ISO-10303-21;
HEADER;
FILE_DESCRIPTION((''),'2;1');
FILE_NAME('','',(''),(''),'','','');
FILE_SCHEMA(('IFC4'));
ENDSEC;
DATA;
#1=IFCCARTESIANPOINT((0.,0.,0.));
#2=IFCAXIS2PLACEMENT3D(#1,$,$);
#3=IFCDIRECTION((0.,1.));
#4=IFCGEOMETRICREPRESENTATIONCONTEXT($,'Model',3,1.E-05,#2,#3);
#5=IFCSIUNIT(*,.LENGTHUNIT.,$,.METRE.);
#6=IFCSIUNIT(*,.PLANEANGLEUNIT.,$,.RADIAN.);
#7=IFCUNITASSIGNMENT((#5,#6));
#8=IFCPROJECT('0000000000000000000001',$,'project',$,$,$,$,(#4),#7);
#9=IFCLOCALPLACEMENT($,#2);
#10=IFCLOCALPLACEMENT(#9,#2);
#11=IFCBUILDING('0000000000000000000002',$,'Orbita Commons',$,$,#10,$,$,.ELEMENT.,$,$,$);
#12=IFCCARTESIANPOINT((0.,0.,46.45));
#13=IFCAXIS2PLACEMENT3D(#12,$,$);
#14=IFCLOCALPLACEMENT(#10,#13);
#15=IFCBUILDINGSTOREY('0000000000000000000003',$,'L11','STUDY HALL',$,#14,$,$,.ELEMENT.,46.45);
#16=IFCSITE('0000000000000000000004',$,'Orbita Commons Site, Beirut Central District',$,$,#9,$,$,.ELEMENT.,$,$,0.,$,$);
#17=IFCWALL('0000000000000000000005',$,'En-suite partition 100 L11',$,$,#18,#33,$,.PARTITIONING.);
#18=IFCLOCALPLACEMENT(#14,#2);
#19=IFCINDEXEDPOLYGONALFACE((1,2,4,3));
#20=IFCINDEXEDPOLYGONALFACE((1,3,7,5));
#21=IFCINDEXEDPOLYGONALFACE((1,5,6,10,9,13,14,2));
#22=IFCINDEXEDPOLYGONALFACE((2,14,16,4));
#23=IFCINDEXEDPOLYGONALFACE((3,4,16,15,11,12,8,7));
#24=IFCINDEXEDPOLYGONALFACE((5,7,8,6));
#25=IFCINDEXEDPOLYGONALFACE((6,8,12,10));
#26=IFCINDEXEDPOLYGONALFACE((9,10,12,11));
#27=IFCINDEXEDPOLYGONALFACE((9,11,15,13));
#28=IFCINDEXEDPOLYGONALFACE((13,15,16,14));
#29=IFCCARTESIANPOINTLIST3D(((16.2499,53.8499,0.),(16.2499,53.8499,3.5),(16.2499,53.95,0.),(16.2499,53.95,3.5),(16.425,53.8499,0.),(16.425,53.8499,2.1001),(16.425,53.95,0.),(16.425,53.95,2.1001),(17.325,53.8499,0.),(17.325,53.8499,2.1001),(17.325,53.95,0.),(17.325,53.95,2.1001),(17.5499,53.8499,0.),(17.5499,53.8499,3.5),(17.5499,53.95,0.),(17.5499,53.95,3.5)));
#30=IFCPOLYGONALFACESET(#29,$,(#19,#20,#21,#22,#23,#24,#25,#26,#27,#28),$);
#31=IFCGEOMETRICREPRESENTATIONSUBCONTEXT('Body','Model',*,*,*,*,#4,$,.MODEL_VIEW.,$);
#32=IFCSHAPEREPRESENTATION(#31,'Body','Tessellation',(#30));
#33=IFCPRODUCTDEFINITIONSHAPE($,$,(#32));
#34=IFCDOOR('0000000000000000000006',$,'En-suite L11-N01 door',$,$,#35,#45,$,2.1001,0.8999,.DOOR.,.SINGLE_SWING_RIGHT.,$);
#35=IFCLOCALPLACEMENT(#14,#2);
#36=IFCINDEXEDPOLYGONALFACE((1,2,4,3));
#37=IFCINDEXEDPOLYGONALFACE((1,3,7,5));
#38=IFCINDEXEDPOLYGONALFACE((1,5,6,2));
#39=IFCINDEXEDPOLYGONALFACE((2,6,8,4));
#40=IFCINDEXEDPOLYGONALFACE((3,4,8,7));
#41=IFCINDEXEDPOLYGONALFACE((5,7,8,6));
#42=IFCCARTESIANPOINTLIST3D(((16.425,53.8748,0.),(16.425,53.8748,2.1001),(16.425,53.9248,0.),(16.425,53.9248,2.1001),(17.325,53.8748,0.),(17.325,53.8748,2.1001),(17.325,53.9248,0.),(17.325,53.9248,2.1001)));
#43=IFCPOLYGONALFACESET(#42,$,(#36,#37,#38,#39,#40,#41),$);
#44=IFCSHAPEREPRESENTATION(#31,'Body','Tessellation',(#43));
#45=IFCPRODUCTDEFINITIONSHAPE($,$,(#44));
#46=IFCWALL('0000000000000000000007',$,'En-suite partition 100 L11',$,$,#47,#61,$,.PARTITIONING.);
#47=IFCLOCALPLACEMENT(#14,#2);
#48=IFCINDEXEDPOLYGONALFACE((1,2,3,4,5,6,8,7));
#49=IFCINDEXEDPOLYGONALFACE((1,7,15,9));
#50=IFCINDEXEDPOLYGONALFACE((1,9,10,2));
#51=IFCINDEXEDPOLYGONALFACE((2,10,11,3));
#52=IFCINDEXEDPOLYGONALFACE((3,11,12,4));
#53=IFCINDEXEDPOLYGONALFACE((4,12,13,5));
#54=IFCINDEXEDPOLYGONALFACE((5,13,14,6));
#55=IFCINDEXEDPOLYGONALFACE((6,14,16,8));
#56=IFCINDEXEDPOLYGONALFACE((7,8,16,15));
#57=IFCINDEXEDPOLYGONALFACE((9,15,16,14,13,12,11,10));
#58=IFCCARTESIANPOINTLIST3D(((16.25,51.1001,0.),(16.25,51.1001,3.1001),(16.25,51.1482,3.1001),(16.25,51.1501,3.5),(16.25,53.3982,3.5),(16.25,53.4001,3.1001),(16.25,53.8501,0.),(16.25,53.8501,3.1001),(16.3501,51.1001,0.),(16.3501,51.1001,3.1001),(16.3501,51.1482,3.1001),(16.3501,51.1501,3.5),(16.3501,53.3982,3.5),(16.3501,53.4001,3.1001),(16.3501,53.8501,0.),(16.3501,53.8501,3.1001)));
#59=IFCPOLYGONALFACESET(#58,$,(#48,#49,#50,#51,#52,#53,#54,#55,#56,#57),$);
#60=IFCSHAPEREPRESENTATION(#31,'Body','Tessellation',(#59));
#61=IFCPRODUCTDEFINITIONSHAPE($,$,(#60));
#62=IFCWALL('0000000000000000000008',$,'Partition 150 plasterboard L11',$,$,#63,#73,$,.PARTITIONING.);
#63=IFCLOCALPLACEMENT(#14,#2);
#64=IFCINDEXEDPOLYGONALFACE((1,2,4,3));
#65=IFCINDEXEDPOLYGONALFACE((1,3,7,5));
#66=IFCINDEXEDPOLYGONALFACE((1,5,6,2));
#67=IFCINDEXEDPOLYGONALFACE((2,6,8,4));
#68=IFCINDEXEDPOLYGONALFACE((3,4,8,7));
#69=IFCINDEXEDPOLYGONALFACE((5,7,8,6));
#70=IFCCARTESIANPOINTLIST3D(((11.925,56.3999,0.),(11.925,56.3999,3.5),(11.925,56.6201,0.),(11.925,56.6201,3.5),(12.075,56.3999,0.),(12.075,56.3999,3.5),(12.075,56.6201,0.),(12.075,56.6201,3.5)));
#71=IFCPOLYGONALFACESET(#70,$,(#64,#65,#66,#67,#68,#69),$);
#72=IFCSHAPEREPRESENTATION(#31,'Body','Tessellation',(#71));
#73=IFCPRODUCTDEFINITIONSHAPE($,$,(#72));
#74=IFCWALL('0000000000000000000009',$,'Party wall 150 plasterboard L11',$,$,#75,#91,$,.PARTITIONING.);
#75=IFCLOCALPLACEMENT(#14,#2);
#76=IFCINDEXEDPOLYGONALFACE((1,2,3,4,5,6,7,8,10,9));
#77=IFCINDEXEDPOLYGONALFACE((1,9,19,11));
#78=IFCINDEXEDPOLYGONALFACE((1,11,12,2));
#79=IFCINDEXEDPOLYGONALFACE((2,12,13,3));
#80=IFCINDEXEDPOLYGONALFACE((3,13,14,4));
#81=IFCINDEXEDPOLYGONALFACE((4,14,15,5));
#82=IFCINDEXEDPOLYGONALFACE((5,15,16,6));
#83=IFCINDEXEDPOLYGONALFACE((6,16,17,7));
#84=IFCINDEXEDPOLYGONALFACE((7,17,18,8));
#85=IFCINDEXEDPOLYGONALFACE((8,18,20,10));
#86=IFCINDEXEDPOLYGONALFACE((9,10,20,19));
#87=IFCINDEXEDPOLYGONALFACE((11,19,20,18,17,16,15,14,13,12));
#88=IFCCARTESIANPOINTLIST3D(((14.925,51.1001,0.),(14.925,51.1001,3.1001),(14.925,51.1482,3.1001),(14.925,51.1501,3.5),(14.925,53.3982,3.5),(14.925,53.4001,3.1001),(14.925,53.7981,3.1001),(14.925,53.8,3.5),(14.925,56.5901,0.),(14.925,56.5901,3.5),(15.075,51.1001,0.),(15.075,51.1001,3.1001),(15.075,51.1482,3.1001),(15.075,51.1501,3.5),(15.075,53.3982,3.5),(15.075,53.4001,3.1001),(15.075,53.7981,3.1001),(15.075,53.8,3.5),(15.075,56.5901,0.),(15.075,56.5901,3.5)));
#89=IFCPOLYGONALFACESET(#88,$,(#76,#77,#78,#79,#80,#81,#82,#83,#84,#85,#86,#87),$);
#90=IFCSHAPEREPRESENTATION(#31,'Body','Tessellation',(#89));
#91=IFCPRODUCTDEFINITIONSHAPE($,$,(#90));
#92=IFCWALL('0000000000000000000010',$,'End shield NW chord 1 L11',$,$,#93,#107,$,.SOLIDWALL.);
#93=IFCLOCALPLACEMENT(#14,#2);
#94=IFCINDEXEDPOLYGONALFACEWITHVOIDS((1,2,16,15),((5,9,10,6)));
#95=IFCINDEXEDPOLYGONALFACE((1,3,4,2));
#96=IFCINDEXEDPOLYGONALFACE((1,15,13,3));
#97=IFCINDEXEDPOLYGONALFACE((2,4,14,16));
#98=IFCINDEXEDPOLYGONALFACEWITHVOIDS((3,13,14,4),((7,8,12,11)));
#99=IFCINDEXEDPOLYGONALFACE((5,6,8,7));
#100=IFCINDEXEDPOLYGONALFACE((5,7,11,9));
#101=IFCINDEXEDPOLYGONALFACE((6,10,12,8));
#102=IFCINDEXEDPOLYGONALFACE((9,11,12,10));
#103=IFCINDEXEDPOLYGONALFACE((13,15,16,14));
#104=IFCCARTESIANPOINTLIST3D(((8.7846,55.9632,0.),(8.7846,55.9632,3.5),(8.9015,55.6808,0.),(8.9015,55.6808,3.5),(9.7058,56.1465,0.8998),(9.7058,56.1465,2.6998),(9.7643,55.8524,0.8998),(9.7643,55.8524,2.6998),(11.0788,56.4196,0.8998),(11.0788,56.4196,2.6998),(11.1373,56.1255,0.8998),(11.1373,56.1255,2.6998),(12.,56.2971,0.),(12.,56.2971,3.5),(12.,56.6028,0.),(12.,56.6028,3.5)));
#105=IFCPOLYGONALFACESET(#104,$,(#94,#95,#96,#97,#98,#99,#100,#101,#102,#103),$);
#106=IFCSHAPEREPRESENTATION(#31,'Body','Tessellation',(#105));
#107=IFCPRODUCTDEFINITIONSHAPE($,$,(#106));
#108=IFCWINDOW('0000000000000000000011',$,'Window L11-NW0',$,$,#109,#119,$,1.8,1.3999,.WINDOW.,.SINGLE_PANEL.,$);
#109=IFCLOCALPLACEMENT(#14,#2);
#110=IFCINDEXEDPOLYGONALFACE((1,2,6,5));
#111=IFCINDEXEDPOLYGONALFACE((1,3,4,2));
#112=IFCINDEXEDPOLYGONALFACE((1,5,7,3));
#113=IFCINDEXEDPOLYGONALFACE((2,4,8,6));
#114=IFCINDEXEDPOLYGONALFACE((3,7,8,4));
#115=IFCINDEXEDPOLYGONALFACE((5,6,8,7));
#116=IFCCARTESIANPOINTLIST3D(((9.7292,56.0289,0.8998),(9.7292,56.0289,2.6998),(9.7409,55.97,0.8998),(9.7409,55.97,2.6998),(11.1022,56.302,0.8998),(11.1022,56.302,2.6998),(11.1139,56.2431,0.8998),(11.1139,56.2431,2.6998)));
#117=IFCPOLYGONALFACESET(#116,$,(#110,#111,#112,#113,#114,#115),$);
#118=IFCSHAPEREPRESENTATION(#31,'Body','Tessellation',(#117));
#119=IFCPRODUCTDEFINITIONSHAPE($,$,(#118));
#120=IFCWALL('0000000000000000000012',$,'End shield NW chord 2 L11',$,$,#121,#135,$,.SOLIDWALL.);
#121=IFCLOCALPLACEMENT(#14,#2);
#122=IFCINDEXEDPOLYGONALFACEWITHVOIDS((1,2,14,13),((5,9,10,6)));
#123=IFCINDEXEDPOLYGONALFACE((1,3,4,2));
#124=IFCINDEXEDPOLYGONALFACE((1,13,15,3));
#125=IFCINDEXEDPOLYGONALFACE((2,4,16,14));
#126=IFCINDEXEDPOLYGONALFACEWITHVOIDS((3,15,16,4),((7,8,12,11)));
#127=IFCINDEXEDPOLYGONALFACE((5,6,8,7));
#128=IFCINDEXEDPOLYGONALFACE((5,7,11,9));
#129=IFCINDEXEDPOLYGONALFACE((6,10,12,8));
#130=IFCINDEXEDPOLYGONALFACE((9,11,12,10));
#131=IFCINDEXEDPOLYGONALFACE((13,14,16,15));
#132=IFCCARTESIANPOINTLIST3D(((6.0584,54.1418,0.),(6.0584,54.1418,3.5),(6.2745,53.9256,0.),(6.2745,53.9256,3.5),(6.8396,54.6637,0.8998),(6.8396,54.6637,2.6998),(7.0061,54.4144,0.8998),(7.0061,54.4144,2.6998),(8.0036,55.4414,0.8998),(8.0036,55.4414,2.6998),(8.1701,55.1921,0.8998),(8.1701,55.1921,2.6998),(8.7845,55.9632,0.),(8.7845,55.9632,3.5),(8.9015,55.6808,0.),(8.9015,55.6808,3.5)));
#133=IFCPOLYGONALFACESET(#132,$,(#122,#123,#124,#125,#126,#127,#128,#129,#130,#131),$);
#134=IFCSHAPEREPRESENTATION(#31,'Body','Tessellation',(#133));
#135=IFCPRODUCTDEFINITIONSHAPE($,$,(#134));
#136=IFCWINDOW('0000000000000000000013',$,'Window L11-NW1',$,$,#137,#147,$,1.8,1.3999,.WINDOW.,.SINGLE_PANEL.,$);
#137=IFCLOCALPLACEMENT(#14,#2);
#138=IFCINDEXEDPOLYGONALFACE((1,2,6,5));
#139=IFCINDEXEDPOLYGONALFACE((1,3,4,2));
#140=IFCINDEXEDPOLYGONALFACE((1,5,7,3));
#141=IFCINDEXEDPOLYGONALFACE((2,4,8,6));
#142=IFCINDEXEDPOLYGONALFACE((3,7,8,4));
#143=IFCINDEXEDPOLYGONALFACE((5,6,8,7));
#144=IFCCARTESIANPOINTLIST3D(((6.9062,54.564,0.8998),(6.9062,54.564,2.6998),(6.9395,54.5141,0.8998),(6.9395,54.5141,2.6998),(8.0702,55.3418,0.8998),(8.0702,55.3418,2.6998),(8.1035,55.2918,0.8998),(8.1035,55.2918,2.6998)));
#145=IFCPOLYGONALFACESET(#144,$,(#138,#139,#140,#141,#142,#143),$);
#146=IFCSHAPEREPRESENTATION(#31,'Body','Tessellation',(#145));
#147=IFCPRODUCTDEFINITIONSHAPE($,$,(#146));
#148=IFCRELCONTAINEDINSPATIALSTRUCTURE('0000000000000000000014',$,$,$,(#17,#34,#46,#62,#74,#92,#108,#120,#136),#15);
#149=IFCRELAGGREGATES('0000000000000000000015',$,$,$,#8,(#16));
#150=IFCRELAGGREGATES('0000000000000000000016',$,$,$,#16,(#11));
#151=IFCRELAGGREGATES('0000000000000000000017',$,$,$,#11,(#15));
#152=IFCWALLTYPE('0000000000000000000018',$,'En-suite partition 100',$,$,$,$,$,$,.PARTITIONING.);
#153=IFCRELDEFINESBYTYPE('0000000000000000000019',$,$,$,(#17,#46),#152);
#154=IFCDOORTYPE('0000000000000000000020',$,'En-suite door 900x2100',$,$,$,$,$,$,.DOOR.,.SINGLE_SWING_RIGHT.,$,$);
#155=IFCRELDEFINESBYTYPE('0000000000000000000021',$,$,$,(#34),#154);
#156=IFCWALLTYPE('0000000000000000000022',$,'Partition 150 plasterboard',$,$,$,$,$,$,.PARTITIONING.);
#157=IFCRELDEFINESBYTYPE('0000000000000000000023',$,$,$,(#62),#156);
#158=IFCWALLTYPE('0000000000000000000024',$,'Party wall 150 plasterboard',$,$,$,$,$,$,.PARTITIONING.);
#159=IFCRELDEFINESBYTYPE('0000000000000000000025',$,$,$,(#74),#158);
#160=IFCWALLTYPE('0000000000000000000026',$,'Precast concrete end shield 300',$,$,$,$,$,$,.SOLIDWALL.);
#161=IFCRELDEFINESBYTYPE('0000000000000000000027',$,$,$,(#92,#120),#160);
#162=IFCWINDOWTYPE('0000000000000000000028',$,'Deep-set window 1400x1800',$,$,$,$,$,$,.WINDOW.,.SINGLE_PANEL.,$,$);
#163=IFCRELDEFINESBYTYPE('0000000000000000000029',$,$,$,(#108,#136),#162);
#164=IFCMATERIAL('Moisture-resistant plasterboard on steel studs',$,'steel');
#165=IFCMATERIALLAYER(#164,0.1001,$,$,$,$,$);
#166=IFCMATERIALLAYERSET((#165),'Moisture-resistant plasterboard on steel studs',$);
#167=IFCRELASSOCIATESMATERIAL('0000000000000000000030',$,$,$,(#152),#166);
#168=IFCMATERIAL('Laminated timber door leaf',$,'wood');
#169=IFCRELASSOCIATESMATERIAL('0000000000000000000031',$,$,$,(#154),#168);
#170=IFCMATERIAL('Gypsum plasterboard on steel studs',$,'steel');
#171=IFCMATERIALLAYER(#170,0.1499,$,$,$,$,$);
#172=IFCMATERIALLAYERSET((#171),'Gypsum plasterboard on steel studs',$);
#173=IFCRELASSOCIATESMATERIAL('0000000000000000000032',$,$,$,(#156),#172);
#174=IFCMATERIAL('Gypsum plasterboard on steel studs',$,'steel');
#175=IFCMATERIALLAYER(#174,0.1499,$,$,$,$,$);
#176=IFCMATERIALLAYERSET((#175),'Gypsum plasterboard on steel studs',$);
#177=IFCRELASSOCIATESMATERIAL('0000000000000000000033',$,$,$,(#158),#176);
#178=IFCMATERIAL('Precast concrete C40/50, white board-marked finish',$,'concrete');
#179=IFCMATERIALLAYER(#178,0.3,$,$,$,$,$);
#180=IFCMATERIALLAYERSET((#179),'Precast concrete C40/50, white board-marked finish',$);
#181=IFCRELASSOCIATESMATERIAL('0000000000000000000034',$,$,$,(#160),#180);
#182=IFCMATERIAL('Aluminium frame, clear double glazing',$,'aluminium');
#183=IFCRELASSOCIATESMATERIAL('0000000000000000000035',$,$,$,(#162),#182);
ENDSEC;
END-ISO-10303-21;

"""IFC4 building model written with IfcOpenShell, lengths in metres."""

from ifc_helpers import new_model, si_unit, direction, frame, frame_2d, origin, place, context, subcontext, project, spatial, polyline, rectangle, outline, extrude, material, layer, layer_set, type_object, element, fill, save


model = new_model("IFC4")

# Units and contexts
model_context = context("Model", 3, precision=1e-05, world=origin(), true_north=direction((0.0, 1.0)))
body_context = subcontext(model_context, "Body", "Model", "MODEL_VIEW")
ifc_project = project(units=[si_unit("LENGTHUNIT", "METRE"), si_unit("PLANEANGLEUNIT", "RADIAN")], contexts=[model_context])

# Site, building, storey
site_placement = place(None, origin())
site = spatial("IfcSite", under=ifc_project, at=site_placement, Name="Orbita Commons Site, Beirut Central District", CompositionType="ELEMENT", RefElevation=0.0)
building_placement = place(site_placement, origin())
building = spatial("IfcBuilding", under=site, at=building_placement, Name="Orbita Commons", CompositionType="ELEMENT")
storey_placement = place(building_placement, frame((0.0, 0.0, 46.45)))
storey = spatial("IfcBuildingStorey", under=building, at=storey_placement, Name="L11", Description="STUDY HALL", CompositionType="ELEMENT", Elevation=46.45)

# Shared definitions
ifc_material_1 = material(Name="Moisture-resistant plasterboard on steel studs", Category="steel")
ifc_layer_1 = layer(ifc_material_1, 0.1001)
ifc_layer_set_1 = layer_set([ifc_layer_1], Name="Moisture-resistant plasterboard on steel studs")
wall_type_1 = type_object("IfcWallType", Name="En-suite partition 100", PredefinedType="PARTITIONING", material=ifc_layer_set_1)
ifc_material_2 = material(Name="Laminated timber door leaf", Category="wood")
door_type = type_object("IfcDoorType", Name="En-suite door 900x2100", OperationType="SINGLE_SWING_RIGHT", PredefinedType="DOOR", material=ifc_material_2)

# Wall, opening, door
wall_1_placement = place(storey_placement, frame((16.25, 53.8999, 0.0), z_axis=(0.0, 0.0, 1.0), x_axis=(1.0, 0.0, 0.0)))
wall_1 = element("IfcWall", 1, at=wall_1_placement, inside=storey, type_object=wall_type_1, Name="En-suite partition 100 L11", PredefinedType="PARTITIONING", context=body_context, shape_type="SweptSolid", body=[
    extrude(rectangle(XDim=1.3, YDim=0.1001, at=frame_2d((0.6499, 0.0))), origin(), (0.0, 0.0, 1.0), 3.5),
])
opening_1_placement = place(wall_1_placement, frame((0.175, 0.0, 0.0)))
opening_1 = element("IfcOpeningElement", 2, at=opening_1_placement, cuts=wall_1, PredefinedType="OPENING", context=body_context, shape_type="SweptSolid", body=[
    extrude(rectangle(XDim=0.8999, YDim=2.1001, at=frame_2d((0.45, 1.05))), frame((0.0, 0.0601, 0.0), z_axis=(0.0, -1.0, 0.0), x_axis=(1.0, 0.0, 0.0)), (0.0, 0.0, 1.0), 0.1201),
])
door_1_placement = place(opening_1_placement, origin())
door_1 = element("IfcDoor", 3, at=door_1_placement, inside=storey, type_object=door_type, Name="En-suite L11-N01 door", OperationType="SINGLE_SWING_RIGHT", OverallHeight=2.1001, OverallWidth=0.8999, PredefinedType="DOOR", context=body_context, shape_type="SweptSolid", body=[
    extrude(rectangle(XDim=0.8999, YDim=2.1001, at=frame_2d((0.45, 1.05))), frame((0.0, 0.0249, 0.0), z_axis=(0.0, -1.0, 0.0), x_axis=(1.0, 0.0, 0.0)), (0.0, 0.0, 1.0), 0.05),
])
fill(opening_1, door_1)

# Walls
wall_2_placement = place(storey_placement, frame((16.3, 53.8501, 0.0), z_axis=(0.0, 0.0, 1.0), x_axis=(0.0, -1.0, 0.0)))
element("IfcWall", 4, at=wall_2_placement, inside=storey, type_object=wall_type_1, Name="En-suite partition 100 L11", PredefinedType="PARTITIONING", context=body_context, shape_type="SweptSolid", body=[
    extrude(outline(polyline([(0.0, 0.0), (2.75, 0.0), (2.75, 3.1001), (2.7019, 3.1001), (2.7, 3.5), (0.4519, 3.5), (0.45, 3.1001), (0.0, 3.1001), (0.0, 0.0)])), frame((0.0, 0.05, 0.0), z_axis=(0.0, -1.0, 0.0), x_axis=(1.0, 0.0, 0.0)), (0.0, 0.0, 1.0), 0.1001),
])
ifc_material_3 = material(Name="Gypsum plasterboard on steel studs", Category="steel")
ifc_layer_2 = layer(ifc_material_3, 0.1499)
ifc_layer_set_2 = layer_set([ifc_layer_2], Name="Gypsum plasterboard on steel studs")
wall_type_2 = type_object("IfcWallType", Name="Partition 150 plasterboard", PredefinedType="PARTITIONING", material=ifc_layer_set_2)
wall_3_placement = place(storey_placement, frame((12.0, 56.3999, 0.0), z_axis=(0.0, 0.0, 1.0), x_axis=(0.0, 1.0, 0.0)))
element("IfcWall", 5, at=wall_3_placement, inside=storey, type_object=wall_type_2, Name="Partition 150 plasterboard L11", PredefinedType="PARTITIONING", context=body_context, shape_type="SweptSolid", body=[
    extrude(rectangle(XDim=0.2202, YDim=0.1499, at=frame_2d((0.1101, 0.0))), origin(), (0.0, 0.0, 1.0), 3.5),
])
ifc_material_4 = material(Name="Gypsum plasterboard on steel studs", Category="steel")
ifc_layer_3 = layer(ifc_material_4, 0.1499)
ifc_layer_set_3 = layer_set([ifc_layer_3], Name="Gypsum plasterboard on steel studs")
wall_type_3 = type_object("IfcWallType", Name="Party wall 150 plasterboard", PredefinedType="PARTITIONING", material=ifc_layer_set_3)
wall_4_placement = place(storey_placement, frame((15.0, 56.5901, 0.0), z_axis=(0.0, 0.0, 1.0), x_axis=(0.0, -1.0, 0.0)))
element("IfcWall", 6, at=wall_4_placement, inside=storey, type_object=wall_type_3, Name="Party wall 150 plasterboard L11", PredefinedType="PARTITIONING", context=body_context, shape_type="SweptSolid", body=[
    extrude(outline(polyline([(0.0, 0.0), (5.49, 0.0), (5.49, 3.1001), (5.4419, 3.1001), (5.4399, 3.5), (3.1919, 3.5), (3.1899, 3.1001), (2.792, 3.1001), (2.79, 3.5), (0.0, 3.5), (0.0, 0.0)])), frame((0.0, 0.075, 0.0), z_axis=(0.0, -1.0, 0.0), x_axis=(1.0, 0.0, 0.0)), (0.0, 0.0, 1.0), 0.1499),
])

# Walls, openings, windows
ifc_material_5 = material(Name="Precast concrete C40/50, white board-marked finish", Category="concrete")
ifc_layer_4 = layer(ifc_material_5, 0.3)
ifc_layer_set_4 = layer_set([ifc_layer_4], Name="Precast concrete C40/50, white board-marked finish")
wall_type_4 = type_object("IfcWallType", Name="Precast concrete end shield 300", PredefinedType="SOLIDWALL", material=ifc_layer_set_4)
wall_5_placement = place(storey_placement, frame((12.0, 56.45, 0.0), z_axis=(0.0, 0.0, 1.0), x_axis=(-0.980787, -0.19508, 0.0)))
wall_5 = element("IfcWall", 7, at=wall_5_placement, inside=storey, type_object=wall_type_4, Name="End shield NW chord 1 L11", PredefinedType="SOLIDWALL", context=body_context, shape_type="SweptSolid", body=[
    extrude(outline(polyline([(-0.0298, -0.1499), (3.2485, -0.1499), (3.189, 0.1499), (0.0298, 0.1499), (-0.0298, -0.1499)])), origin(), (0.0, 0.0, 1.0), 3.5),
])
opening_2_placement = place(wall_5_placement, frame((0.9094, 0.0, 0.8999)))
opening_2 = element("IfcOpeningElement", 8, at=opening_2_placement, cuts=wall_5, PredefinedType="OPENING", context=body_context, shape_type="SweptSolid", body=[
    extrude(rectangle(XDim=1.3999, YDim=1.8, at=frame_2d((0.7, 0.8999))), frame((0.0, 0.1599, 0.0), z_axis=(0.0, -1.0, 0.0), x_axis=(1.0, 0.0, 0.0)), (0.0, 0.0, 1.0), 0.3201),
])
ifc_material_6 = material(Name="Aluminium frame, clear double glazing", Category="aluminium")
window_type = type_object("IfcWindowType", Name="Deep-set window 1400x1800", PartitioningType="SINGLE_PANEL", PredefinedType="WINDOW", material=ifc_material_6)
window_1_placement = place(opening_2_placement, origin())
window_1 = element("IfcWindow", 9, at=window_1_placement, inside=storey, type_object=window_type, Name="Window L11-NW0", OverallHeight=1.8, OverallWidth=1.3999, PartitioningType="SINGLE_PANEL", PredefinedType="WINDOW", context=body_context, shape_type="SweptSolid", body=[
    extrude(rectangle(XDim=1.3999, YDim=1.8, at=frame_2d((0.7, 0.8999))), frame((0.0, 0.03, 0.0), z_axis=(0.0, -1.0, 0.0), x_axis=(1.0, 0.0, 0.0)), (0.0, 0.0, 1.0), 0.0601),
])
fill(opening_2, window_1)
wall_6_placement = place(storey_placement, frame((8.843, 55.822, 0.0), z_axis=(0.0, 0.0, 1.0), x_axis=(-0.831478, -0.555558, 0.0)))
wall_6 = element("IfcWall", 10, at=wall_6_placement, inside=storey, type_object=wall_type_4, Name="End shield NW chord 2 L11", PredefinedType="SOLIDWALL", context=body_context, shape_type="SweptSolid", body=[
    extrude(outline(polyline([(-0.0298, -0.1499), (3.2488, -0.1499), (3.1892, 0.1499), (0.0298, 0.1499), (-0.0298, -0.1499)])), origin(), (0.0, 0.0, 1.0), 3.5),
])
opening_3_placement = place(wall_6_placement, frame((0.9094, 0.0, 0.8999)))
opening_3 = element("IfcOpeningElement", 11, at=opening_3_placement, cuts=wall_6, PredefinedType="OPENING", context=body_context, shape_type="SweptSolid", body=[
    extrude(rectangle(XDim=1.3999, YDim=1.8, at=frame_2d((0.7, 0.8999))), frame((0.0, 0.1599, 0.0), z_axis=(0.0, -1.0, 0.0), x_axis=(1.0, 0.0, 0.0)), (0.0, 0.0, 1.0), 0.3201),
])
window_2_placement = place(opening_3_placement, origin())
window_2 = element("IfcWindow", 12, at=window_2_placement, inside=storey, type_object=window_type, Name="Window L11-NW1", OverallHeight=1.8, OverallWidth=1.3999, PartitioningType="SINGLE_PANEL", PredefinedType="WINDOW", context=body_context, shape_type="SweptSolid", body=[
    extrude(rectangle(XDim=1.3999, YDim=1.8, at=frame_2d((0.7, 0.8999))), frame((0.0, 0.03, 0.0), z_axis=(0.0, -1.0, 0.0), x_axis=(1.0, 0.0, 0.0)), (0.0, 0.0, 1.0), 0.0601),
])
fill(opening_3, window_2)

save(model, "model.ifc")
